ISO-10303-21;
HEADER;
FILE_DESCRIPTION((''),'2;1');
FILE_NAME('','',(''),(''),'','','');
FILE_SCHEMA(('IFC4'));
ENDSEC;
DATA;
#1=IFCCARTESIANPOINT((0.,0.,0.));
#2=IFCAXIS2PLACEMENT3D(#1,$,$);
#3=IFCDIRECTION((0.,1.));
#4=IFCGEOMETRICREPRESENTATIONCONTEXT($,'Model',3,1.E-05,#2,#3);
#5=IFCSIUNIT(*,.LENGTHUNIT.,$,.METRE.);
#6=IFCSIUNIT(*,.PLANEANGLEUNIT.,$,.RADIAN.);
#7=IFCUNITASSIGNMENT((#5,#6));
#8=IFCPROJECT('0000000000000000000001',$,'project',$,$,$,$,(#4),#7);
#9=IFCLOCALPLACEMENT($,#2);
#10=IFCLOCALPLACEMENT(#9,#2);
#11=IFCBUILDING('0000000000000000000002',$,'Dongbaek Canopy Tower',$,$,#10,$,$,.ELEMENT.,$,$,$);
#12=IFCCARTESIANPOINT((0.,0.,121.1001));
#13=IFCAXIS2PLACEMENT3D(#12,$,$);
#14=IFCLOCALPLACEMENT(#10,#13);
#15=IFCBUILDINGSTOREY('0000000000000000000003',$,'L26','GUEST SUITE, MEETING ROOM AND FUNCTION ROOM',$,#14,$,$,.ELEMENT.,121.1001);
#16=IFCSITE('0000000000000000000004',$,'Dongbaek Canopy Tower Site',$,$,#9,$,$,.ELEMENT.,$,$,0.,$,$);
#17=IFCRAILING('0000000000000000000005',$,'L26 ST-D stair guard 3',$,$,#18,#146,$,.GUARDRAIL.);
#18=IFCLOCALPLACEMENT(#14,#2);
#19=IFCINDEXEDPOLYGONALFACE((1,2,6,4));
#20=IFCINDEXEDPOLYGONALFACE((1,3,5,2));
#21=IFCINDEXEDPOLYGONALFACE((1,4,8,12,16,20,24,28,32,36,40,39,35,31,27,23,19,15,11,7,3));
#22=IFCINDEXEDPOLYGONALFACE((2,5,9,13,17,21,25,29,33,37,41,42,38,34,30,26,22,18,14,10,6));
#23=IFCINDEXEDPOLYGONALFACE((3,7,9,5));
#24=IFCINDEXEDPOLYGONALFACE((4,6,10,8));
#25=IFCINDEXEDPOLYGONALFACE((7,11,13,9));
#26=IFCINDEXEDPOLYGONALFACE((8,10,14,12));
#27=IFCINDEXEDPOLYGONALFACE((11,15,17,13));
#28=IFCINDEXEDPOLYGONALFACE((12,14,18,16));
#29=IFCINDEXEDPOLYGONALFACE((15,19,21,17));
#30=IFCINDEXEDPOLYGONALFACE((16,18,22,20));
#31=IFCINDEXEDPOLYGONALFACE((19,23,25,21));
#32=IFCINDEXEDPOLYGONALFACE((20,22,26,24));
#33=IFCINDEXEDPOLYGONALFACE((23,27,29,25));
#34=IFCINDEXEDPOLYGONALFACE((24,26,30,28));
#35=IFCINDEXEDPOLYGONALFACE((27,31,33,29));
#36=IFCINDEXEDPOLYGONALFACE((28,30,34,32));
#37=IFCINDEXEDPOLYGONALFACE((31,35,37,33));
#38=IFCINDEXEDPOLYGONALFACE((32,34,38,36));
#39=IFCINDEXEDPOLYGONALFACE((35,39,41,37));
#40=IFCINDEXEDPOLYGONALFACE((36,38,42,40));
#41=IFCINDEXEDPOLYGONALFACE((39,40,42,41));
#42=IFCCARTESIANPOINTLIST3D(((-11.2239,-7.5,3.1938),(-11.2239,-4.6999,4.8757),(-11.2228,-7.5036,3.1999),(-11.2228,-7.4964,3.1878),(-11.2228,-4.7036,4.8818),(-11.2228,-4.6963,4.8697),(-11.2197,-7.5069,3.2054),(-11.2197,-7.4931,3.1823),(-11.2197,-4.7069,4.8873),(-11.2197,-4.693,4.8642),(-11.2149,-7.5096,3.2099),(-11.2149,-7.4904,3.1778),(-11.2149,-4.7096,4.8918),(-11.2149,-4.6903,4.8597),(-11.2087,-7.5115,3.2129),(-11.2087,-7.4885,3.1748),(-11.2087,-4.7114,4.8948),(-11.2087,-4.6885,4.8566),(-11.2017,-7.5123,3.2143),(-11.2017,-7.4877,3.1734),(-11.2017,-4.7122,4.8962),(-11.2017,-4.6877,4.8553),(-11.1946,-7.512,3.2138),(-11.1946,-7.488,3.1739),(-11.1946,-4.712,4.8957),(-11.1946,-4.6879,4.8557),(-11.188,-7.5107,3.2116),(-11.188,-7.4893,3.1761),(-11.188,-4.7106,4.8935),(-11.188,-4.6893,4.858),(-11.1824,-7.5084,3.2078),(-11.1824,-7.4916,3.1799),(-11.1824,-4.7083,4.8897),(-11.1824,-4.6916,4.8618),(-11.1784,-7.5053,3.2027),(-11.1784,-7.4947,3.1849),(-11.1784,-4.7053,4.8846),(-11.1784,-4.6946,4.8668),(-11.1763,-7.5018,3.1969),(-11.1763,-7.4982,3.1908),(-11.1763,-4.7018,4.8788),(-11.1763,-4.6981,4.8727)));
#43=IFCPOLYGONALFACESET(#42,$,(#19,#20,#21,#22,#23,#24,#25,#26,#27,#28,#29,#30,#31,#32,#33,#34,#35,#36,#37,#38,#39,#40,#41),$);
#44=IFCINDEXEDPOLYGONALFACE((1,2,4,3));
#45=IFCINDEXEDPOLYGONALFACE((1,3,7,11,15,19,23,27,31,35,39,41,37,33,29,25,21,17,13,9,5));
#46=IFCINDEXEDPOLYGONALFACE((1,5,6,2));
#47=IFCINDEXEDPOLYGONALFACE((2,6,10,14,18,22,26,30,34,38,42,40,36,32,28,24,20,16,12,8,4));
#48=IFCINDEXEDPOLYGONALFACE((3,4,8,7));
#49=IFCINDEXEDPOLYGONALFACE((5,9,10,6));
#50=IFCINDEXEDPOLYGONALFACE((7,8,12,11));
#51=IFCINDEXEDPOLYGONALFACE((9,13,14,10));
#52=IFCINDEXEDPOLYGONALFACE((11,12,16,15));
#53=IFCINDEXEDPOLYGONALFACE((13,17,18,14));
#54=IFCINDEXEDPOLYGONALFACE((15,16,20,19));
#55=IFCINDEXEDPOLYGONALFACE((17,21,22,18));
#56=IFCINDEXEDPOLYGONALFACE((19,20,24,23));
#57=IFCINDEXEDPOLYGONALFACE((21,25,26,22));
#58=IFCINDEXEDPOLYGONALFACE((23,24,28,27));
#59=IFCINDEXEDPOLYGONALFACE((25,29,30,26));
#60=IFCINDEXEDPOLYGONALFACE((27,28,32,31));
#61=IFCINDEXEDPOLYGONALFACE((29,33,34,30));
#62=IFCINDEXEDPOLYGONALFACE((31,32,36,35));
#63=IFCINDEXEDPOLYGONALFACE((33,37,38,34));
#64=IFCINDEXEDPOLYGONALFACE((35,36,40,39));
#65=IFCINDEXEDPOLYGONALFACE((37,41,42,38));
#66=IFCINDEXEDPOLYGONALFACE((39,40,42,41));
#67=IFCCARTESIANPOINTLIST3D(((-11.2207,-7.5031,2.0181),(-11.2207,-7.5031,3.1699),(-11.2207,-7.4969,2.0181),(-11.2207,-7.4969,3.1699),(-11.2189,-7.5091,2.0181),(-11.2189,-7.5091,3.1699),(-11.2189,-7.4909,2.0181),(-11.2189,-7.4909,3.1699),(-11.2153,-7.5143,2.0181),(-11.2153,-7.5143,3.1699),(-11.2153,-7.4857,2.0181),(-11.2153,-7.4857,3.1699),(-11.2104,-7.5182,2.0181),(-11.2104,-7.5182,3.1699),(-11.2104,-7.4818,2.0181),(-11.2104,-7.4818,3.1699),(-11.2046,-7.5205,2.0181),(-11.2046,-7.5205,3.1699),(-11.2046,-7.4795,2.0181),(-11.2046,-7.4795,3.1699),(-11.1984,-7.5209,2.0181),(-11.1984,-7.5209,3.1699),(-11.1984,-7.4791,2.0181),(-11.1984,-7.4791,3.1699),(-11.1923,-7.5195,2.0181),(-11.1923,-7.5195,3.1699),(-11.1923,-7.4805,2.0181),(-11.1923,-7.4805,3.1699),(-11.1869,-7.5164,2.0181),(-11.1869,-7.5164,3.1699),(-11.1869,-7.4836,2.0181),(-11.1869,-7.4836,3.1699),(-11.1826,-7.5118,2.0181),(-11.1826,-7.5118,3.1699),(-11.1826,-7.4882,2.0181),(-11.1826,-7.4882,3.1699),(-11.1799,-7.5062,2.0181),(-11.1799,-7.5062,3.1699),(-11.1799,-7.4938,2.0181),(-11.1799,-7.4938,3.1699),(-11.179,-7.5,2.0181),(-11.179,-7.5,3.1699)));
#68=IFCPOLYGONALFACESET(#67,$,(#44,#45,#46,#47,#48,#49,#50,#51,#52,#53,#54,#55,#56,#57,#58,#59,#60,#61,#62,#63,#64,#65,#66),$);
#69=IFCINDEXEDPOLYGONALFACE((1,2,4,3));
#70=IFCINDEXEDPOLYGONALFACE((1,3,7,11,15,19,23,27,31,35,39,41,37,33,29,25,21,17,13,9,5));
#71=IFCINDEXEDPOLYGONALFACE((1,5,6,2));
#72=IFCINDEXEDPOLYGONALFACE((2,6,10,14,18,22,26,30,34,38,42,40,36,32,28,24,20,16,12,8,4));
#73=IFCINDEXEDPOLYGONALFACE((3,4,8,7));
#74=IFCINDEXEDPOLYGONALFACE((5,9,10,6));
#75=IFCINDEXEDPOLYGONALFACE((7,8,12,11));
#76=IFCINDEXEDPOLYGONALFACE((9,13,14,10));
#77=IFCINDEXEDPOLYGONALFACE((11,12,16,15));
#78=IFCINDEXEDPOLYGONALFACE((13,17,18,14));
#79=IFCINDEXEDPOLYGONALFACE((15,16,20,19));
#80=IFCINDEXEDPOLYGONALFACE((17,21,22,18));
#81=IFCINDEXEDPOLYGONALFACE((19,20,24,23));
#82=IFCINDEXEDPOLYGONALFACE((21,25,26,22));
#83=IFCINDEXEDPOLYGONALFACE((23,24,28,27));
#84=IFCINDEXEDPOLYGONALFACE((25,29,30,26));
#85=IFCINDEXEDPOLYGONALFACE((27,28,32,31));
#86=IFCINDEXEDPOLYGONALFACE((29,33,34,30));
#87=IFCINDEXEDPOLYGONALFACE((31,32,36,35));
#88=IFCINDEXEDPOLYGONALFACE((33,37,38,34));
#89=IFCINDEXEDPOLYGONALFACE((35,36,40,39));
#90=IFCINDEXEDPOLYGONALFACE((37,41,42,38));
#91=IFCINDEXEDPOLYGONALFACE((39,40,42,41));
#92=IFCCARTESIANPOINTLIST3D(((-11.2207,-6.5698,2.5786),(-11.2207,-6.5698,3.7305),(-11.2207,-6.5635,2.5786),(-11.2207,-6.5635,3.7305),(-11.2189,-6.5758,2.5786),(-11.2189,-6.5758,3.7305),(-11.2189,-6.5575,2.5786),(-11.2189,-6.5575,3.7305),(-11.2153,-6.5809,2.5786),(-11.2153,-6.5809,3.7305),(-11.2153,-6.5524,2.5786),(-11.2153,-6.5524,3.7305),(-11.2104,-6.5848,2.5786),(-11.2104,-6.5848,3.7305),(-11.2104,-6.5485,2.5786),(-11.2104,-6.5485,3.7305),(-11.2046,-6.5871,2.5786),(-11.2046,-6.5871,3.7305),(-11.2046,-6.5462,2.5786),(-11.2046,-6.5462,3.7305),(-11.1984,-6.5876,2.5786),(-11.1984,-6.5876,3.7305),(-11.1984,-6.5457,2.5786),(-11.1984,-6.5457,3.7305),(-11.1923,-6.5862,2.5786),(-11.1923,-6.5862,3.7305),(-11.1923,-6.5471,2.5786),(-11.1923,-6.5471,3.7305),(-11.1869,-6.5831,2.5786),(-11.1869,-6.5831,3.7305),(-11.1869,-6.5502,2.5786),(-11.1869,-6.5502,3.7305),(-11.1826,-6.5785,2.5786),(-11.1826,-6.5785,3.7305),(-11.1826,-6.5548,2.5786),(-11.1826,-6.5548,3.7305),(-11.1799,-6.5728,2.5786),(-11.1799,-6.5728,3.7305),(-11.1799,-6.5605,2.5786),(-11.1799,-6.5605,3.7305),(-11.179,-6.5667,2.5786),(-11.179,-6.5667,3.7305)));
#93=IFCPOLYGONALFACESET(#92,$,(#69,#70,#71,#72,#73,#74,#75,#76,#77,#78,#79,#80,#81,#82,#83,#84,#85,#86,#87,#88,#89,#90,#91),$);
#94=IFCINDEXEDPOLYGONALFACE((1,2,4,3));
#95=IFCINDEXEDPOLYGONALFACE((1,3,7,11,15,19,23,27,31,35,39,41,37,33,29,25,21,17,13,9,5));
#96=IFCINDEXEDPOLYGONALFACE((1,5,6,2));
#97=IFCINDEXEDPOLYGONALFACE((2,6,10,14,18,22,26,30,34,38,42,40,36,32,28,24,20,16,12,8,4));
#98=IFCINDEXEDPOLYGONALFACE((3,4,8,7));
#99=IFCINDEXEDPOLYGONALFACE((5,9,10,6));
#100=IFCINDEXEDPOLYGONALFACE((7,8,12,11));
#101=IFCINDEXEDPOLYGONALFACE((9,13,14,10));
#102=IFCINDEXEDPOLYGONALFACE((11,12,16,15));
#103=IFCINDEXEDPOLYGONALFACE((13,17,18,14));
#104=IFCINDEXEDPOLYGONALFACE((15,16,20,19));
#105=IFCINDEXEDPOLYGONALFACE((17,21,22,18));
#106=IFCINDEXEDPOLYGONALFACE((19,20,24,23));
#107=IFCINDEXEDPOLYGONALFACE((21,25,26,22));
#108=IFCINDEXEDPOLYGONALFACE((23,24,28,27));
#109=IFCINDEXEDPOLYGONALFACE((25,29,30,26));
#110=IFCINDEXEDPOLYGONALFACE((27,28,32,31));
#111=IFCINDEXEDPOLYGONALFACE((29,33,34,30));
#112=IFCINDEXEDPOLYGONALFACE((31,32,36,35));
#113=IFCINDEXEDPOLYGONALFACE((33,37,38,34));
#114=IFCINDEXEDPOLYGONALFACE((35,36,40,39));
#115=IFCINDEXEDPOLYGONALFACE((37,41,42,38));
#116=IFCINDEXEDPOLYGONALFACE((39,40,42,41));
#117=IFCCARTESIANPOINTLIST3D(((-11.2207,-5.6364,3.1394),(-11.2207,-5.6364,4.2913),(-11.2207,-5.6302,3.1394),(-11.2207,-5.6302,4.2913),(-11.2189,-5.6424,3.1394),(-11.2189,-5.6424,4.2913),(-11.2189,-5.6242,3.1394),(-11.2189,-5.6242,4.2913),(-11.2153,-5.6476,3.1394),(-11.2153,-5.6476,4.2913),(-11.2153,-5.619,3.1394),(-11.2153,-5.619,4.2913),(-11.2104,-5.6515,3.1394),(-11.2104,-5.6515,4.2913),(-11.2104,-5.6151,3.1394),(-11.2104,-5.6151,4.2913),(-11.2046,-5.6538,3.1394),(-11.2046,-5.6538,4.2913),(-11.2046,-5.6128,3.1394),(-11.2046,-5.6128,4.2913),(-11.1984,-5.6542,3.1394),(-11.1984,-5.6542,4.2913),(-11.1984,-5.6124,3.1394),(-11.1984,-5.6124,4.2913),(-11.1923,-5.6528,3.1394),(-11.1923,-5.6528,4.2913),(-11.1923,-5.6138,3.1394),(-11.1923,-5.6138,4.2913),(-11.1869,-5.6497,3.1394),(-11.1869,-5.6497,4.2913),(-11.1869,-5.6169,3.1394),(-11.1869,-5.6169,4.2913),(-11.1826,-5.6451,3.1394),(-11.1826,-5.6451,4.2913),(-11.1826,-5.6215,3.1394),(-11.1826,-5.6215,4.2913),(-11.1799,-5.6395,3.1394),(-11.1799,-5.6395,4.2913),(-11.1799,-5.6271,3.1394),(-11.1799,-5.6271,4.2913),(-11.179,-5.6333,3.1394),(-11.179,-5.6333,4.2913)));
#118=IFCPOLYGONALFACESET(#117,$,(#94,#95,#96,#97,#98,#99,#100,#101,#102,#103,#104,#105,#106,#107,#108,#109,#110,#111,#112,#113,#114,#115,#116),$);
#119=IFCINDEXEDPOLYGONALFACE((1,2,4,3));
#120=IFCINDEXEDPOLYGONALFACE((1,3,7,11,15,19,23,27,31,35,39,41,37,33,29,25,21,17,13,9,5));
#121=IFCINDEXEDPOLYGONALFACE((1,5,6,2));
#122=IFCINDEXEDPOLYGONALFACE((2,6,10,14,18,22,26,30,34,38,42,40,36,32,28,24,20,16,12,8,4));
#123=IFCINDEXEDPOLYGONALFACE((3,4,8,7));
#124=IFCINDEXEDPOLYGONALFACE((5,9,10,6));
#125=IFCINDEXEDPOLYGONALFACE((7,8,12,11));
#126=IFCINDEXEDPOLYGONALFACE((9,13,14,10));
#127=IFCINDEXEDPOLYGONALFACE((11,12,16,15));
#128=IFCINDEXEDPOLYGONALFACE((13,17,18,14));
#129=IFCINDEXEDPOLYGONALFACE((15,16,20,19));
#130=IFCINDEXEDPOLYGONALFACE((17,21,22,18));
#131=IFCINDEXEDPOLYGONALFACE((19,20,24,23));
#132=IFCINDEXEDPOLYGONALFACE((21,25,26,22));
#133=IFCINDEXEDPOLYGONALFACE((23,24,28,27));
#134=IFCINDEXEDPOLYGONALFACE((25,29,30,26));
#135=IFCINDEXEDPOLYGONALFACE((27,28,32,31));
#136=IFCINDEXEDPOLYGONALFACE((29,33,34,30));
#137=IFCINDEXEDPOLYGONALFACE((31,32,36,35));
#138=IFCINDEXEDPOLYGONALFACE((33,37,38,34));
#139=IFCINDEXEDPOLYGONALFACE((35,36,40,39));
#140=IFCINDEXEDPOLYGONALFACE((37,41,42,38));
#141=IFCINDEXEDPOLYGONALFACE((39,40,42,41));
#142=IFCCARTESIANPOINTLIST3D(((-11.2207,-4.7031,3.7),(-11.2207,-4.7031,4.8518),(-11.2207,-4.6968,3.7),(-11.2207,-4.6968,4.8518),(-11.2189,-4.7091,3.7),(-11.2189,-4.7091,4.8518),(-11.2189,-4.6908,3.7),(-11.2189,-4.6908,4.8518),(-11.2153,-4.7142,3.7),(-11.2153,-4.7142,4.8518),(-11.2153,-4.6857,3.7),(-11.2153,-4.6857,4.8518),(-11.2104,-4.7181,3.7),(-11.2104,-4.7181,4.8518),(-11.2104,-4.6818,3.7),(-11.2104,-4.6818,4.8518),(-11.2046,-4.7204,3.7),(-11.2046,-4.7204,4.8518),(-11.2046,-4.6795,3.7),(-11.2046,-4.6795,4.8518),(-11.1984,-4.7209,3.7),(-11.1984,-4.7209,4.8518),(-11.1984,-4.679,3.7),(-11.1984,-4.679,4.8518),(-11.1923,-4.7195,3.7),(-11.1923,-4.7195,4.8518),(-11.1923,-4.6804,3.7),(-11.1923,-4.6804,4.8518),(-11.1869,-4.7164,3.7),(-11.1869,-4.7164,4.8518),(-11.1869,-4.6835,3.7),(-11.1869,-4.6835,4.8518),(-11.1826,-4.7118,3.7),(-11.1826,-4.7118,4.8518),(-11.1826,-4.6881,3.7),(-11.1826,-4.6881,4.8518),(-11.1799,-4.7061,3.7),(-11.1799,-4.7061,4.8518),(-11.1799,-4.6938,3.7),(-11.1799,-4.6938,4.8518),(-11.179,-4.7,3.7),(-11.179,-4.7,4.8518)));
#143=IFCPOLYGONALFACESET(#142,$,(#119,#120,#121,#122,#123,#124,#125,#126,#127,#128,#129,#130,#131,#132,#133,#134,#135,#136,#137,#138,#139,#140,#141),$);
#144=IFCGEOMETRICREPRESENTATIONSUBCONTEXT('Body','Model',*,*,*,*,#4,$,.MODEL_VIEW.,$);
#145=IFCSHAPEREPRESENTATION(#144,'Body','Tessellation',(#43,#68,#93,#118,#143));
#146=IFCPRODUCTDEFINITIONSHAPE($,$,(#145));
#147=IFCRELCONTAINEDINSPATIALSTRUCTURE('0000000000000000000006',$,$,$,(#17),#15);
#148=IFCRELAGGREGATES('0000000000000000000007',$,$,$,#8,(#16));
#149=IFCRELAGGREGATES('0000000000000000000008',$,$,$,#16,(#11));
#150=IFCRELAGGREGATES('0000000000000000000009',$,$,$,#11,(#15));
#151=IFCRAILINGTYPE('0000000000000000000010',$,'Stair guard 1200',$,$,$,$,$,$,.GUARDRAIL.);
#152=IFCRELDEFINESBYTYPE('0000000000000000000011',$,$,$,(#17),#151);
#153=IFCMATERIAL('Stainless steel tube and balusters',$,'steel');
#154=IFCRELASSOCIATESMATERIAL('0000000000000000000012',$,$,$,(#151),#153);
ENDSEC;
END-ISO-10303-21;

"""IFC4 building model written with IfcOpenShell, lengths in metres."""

from ifc_helpers import new_model, si_unit, direction, frame, origin, origin_2d, place, context, subcontext, project, spatial, circle, extrude, material, type_object, element, save


model = new_model("IFC4")

# Units and contexts
model_context = context("Model", 3, precision=1e-05, world=origin(), true_north=direction((0.0, 1.0)))
body_context = subcontext(model_context, "Body", "Model", "MODEL_VIEW")
ifc_project = project(units=[si_unit("LENGTHUNIT", "METRE"), si_unit("PLANEANGLEUNIT", "RADIAN")], contexts=[model_context])

# Site, building, storey
site_placement = place(None, origin())
site = spatial("IfcSite", under=ifc_project, at=site_placement, Name="Dongbaek Canopy Tower Site", CompositionType="ELEMENT", RefElevation=0.0)
building_placement = place(site_placement, origin())
building = spatial("IfcBuilding", under=site, at=building_placement, Name="Dongbaek Canopy Tower", CompositionType="ELEMENT")
storey_placement = place(building_placement, frame((0.0, 0.0, 121.1001)))
storey = spatial("IfcBuildingStorey", under=building, at=storey_placement, Name="L26", Description="GUEST SUITE, MEETING ROOM AND FUNCTION ROOM", CompositionType="ELEMENT", Elevation=121.1001)

# Railing
ifc_material_1 = material(Name="Stainless steel tube and balusters", Category="steel")
railing_type_1 = type_object("IfcRailingType", Name="Stair guard 1200", PredefinedType="GUARDRAIL", material=ifc_material_1)
railing_1_placement = place(storey_placement, frame((-11.2, -7.5, 2.0181)))
element("IfcRailing", 1, at=railing_1_placement, inside=storey, type_object=railing_type_1, Name="L26 ST-D stair guard 3", PredefinedType="GUARDRAIL", context=body_context, shape_type="SweptSolid", body=[
    extrude(circle(Radius=0.0239, at=origin_2d()), frame((0.0, 0.0, 1.1758), z_axis=(0.0, 0.857242, 0.514913), x_axis=(-1.0, 0.0, 0.0)), (0.0, 0.0, 1.0), 3.2664),
    extrude(circle(Radius=0.021, at=origin_2d()), origin(), (0.0, 0.0, 1.0), 1.1519),
    extrude(circle(Radius=0.021, at=origin_2d()), frame((0.0, 0.9333, 0.5605)), (0.0, 0.0, 1.0), 1.1519),
    extrude(circle(Radius=0.021, at=origin_2d()), frame((0.0, 1.8667, 1.1213)), (0.0, 0.0, 1.0), 1.1519),
    extrude(circle(Radius=0.021, at=origin_2d()), frame((0.0, 2.8, 1.6819)), (0.0, 0.0, 1.0), 1.1519),
])

save(model, "model.ifc")
